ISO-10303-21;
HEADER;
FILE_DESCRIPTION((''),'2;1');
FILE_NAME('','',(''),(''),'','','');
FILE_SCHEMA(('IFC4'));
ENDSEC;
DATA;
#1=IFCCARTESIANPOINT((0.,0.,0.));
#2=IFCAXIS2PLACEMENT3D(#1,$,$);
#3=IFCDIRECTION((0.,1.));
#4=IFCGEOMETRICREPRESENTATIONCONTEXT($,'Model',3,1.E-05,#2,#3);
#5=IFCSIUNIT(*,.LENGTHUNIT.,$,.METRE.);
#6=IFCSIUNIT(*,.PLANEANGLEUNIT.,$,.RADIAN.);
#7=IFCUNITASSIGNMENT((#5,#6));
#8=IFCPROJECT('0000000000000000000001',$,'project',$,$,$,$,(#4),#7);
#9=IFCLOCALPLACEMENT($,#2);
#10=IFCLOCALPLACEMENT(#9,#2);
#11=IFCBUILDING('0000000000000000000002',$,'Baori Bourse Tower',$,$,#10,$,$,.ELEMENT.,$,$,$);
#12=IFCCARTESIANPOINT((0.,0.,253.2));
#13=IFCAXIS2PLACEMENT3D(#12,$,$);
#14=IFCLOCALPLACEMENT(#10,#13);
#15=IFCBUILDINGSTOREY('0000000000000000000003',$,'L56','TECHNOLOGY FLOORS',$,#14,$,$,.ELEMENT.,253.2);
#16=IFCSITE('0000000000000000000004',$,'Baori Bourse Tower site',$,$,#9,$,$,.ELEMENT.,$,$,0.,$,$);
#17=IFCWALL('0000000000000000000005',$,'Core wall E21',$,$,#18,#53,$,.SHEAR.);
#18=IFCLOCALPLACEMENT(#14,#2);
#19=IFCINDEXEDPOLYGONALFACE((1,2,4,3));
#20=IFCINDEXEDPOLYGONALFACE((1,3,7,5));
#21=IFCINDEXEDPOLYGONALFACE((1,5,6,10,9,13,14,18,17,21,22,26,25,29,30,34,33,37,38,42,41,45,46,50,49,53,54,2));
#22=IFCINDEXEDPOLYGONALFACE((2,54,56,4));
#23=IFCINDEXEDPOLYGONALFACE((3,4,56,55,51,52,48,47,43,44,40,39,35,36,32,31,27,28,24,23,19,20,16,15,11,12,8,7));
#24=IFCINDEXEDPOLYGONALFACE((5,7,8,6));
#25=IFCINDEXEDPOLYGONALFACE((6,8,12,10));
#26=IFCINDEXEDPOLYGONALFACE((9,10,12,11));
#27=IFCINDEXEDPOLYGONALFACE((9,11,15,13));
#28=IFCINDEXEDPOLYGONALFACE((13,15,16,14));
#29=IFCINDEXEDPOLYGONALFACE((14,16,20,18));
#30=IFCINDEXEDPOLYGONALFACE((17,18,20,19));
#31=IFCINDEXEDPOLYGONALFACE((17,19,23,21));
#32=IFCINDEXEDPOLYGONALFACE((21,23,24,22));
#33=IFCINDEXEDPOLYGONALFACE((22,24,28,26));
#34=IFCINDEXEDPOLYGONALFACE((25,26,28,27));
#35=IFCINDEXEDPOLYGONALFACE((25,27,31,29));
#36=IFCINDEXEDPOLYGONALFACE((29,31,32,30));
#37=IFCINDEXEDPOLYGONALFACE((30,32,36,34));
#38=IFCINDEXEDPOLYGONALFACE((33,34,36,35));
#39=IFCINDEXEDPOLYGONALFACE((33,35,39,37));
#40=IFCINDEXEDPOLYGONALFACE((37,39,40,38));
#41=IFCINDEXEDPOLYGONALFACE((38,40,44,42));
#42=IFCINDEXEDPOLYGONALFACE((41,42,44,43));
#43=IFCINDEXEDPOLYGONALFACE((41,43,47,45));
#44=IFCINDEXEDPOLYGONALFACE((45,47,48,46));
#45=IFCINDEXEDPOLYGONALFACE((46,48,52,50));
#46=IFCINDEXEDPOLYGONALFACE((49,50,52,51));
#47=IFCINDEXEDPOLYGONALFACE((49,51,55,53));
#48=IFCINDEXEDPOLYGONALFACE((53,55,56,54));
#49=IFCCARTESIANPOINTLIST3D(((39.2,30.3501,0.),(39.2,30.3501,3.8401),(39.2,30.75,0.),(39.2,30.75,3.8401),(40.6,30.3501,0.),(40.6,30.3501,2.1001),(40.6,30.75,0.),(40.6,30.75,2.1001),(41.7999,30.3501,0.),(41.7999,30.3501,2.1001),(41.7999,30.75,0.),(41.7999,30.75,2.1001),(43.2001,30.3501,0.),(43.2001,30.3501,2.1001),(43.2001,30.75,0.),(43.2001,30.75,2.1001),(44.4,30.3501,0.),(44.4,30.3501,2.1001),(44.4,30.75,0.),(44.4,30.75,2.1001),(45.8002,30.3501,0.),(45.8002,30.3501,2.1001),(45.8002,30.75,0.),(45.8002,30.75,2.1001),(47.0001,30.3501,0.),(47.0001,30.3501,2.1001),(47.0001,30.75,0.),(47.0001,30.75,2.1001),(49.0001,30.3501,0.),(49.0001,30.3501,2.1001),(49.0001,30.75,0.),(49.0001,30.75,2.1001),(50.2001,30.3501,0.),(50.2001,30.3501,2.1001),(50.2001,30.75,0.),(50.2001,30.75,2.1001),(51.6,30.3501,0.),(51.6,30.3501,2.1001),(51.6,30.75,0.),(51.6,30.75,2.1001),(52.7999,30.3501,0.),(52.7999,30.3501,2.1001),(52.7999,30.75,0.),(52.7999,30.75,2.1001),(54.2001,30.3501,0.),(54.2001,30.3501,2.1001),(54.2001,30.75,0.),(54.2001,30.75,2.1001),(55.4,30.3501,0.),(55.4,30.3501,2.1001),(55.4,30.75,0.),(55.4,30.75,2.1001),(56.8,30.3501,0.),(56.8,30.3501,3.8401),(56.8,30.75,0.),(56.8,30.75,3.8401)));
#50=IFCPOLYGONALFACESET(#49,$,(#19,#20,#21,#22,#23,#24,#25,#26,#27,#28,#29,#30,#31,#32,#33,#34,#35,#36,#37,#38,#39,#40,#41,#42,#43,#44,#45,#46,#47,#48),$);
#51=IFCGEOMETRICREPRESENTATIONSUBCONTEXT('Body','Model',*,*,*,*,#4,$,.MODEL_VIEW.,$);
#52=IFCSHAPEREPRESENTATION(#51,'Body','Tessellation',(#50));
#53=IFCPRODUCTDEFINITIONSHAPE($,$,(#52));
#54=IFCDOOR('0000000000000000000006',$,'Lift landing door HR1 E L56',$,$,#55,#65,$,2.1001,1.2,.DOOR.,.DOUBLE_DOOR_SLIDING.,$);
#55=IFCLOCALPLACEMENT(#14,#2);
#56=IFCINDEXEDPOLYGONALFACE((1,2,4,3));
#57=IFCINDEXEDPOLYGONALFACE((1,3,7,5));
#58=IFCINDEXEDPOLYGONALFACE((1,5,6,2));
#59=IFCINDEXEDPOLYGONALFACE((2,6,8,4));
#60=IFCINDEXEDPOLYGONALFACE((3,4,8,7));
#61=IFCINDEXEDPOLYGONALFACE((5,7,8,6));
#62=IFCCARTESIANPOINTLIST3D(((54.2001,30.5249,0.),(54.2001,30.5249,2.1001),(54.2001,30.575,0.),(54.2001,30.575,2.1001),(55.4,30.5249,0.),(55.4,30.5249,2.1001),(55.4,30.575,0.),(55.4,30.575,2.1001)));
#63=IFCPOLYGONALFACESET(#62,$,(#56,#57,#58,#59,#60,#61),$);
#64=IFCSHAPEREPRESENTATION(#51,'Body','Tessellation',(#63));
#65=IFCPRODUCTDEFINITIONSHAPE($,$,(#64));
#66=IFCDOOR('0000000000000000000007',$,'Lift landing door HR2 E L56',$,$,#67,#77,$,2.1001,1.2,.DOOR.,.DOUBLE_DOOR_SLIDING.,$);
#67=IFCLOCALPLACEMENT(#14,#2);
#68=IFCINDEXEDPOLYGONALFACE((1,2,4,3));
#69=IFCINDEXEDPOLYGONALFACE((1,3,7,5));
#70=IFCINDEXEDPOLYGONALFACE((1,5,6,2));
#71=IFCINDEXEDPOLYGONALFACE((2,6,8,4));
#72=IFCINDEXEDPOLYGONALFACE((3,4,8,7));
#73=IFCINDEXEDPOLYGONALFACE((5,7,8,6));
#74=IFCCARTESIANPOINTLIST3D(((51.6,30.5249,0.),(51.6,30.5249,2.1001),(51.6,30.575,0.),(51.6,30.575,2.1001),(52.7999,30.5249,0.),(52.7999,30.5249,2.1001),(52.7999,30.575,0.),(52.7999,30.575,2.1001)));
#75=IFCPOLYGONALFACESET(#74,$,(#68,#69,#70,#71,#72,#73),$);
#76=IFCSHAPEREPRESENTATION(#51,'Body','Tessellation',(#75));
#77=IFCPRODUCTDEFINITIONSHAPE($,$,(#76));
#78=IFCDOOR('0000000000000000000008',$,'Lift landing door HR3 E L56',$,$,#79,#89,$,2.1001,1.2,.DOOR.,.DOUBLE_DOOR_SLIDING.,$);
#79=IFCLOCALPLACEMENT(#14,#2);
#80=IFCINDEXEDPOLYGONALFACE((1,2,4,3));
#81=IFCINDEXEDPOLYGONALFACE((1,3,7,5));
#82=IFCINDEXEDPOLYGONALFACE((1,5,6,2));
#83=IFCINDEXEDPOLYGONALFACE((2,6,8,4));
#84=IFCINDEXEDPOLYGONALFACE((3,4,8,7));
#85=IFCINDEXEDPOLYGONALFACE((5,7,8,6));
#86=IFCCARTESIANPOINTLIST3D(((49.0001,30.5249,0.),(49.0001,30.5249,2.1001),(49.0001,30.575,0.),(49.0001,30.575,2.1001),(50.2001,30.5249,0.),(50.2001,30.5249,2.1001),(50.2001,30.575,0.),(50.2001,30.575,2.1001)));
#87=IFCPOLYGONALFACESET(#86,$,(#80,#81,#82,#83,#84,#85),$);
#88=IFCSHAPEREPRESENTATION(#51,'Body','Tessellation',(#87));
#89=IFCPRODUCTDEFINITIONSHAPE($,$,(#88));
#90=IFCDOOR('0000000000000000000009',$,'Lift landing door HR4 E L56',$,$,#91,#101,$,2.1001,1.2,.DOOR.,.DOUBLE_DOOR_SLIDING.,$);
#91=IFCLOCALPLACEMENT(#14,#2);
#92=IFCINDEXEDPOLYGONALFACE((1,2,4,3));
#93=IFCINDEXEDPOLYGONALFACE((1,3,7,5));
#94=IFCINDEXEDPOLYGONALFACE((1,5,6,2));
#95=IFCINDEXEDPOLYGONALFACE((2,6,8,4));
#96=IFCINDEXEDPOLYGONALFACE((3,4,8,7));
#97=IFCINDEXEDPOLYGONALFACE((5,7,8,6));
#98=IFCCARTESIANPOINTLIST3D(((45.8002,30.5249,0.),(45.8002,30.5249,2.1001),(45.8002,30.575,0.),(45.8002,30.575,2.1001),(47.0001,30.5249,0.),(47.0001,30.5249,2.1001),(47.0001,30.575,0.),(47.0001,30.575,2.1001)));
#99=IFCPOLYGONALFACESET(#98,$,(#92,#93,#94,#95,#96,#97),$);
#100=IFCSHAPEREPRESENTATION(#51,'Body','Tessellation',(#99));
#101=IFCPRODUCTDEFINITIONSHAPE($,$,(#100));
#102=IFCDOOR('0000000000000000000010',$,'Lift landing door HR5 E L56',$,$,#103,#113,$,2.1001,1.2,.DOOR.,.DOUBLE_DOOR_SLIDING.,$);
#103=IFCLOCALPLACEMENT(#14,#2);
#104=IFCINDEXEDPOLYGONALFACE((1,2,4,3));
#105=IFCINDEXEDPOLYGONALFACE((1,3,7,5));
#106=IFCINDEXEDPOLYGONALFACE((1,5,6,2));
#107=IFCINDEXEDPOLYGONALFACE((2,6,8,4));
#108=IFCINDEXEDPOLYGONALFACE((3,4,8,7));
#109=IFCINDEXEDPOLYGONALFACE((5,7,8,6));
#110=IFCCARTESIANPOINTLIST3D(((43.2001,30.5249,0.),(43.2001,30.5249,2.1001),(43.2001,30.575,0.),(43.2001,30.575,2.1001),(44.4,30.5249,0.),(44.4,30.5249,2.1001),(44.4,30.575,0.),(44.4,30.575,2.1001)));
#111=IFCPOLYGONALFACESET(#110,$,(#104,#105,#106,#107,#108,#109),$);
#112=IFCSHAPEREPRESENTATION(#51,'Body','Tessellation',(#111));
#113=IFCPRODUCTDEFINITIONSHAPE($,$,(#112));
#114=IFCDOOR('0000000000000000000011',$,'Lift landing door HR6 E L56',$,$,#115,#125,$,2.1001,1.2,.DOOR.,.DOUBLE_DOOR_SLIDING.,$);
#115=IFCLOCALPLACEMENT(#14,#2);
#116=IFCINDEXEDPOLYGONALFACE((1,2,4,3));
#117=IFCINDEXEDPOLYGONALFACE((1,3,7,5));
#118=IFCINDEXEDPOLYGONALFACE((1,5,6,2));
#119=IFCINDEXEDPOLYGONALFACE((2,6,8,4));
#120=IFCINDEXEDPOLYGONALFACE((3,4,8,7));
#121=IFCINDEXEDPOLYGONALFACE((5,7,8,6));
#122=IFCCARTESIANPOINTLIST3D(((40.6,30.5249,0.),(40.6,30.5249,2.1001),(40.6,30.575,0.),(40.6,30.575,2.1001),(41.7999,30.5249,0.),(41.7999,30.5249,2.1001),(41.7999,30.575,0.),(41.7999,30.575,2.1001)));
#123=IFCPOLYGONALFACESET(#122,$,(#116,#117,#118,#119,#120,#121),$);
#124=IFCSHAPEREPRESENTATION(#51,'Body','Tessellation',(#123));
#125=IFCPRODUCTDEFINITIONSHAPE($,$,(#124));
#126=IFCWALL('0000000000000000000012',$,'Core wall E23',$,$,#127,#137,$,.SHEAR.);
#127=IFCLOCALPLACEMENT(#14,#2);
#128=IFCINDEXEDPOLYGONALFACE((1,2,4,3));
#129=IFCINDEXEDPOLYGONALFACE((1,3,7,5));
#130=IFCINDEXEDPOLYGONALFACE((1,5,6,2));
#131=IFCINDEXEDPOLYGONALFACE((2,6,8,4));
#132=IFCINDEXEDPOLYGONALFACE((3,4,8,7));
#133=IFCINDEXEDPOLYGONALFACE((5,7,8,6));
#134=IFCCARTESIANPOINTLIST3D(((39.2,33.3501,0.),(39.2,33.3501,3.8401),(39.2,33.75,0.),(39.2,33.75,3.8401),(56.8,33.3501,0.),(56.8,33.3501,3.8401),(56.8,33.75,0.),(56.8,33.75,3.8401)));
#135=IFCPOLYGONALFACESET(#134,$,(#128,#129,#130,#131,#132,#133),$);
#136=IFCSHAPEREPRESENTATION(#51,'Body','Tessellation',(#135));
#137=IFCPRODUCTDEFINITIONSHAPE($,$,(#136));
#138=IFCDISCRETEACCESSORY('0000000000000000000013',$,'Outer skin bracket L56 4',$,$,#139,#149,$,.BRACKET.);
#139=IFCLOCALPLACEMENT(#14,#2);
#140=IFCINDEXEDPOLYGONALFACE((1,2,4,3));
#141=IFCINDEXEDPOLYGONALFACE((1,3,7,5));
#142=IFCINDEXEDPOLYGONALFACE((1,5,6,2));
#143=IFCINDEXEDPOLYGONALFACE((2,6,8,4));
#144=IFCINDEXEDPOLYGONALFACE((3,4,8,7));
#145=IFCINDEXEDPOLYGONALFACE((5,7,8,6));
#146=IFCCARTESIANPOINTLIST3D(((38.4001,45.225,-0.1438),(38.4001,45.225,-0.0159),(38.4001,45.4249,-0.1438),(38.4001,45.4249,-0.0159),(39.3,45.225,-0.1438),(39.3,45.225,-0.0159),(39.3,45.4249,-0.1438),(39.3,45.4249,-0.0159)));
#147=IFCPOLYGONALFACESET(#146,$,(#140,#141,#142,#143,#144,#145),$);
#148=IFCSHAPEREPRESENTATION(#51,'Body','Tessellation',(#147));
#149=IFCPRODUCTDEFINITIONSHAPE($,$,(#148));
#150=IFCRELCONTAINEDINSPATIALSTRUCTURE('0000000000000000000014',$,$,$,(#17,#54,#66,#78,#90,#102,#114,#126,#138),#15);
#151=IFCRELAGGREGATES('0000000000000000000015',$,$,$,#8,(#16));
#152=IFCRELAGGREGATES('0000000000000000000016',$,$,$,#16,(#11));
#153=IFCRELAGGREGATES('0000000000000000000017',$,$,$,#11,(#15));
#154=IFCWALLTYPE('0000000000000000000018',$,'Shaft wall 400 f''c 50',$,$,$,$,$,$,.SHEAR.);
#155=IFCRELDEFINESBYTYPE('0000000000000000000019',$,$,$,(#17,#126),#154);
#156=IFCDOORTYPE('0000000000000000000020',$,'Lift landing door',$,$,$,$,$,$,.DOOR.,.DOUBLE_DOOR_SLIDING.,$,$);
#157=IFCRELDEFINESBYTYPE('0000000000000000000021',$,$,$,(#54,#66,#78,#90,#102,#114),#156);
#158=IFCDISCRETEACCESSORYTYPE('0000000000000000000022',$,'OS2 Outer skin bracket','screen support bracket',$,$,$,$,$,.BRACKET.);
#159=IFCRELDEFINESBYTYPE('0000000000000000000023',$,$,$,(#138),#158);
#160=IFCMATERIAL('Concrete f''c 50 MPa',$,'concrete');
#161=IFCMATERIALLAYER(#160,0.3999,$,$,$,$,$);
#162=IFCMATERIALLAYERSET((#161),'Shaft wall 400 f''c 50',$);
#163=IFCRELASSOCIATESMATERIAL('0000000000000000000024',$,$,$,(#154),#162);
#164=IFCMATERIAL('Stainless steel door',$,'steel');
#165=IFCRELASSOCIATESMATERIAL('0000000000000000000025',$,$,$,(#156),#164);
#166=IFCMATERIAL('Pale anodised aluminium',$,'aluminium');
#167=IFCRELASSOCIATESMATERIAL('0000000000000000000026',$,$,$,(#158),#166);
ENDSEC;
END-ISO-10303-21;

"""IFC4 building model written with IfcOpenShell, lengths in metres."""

from ifc_helpers import new_model, si_unit, direction, frame, frame_2d, origin, origin_2d, place, context, subcontext, project, spatial, rectangle, extrude, material, layer, layer_set, type_object, element, fill, save


model = new_model("IFC4")

# Units and contexts
model_context = context("Model", 3, precision=1e-05, world=origin(), true_north=direction((0.0, 1.0)))
body_context = subcontext(model_context, "Body", "Model", "MODEL_VIEW")
ifc_project = project(units=[si_unit("LENGTHUNIT", "METRE"), si_unit("PLANEANGLEUNIT", "RADIAN")], contexts=[model_context])

# Site, building, storey
site_placement = place(None, origin())
site = spatial("IfcSite", under=ifc_project, at=site_placement, Name="Baori Bourse Tower site", CompositionType="ELEMENT", RefElevation=0.0)
building_placement = place(site_placement, origin())
building = spatial("IfcBuilding", under=site, at=building_placement, Name="Baori Bourse Tower", CompositionType="ELEMENT")
storey_placement = place(building_placement, frame((0.0, 0.0, 253.2)))
storey = spatial("IfcBuildingStorey", under=building, at=storey_placement, Name="L56", Description="TECHNOLOGY FLOORS", CompositionType="ELEMENT", Elevation=253.2)

# Wall, openings, doors
ifc_material_1 = material(Name="Concrete f'c 50 MPa", Category="concrete")
ifc_layer_1 = layer(ifc_material_1, 0.3999)
ifc_layer_set_1 = layer_set([ifc_layer_1], Name="Shaft wall 400 f'c 50")
wall_type_1 = type_object("IfcWallType", Name="Shaft wall 400 f'c 50", PredefinedType="SHEAR", material=ifc_layer_set_1)
wall_1_placement = place(storey_placement, frame((39.2, 30.55, 0.0), z_axis=(0.0, 0.0, 1.0), x_axis=(1.0, 0.0, 0.0)))
wall_1 = element("IfcWall", 1, at=wall_1_placement, inside=storey, type_object=wall_type_1, Name="Core wall E21", PredefinedType="SHEAR", context=body_context, shape_type="SweptSolid", body=[
    extrude(rectangle(XDim=17.6001, YDim=0.3999, at=frame_2d((8.8, 0.0))), origin(), (0.0, 0.0, 1.0), 3.8401),
])
opening_1_placement = place(wall_1_placement, frame((15.0, 0.0, 0.0)))
opening_1 = element("IfcOpeningElement", 2, at=opening_1_placement, cuts=wall_1, PredefinedType="OPENING", context=body_context, shape_type="SweptSolid", body=[
    extrude(rectangle(XDim=1.2, YDim=2.1001, at=frame_2d((0.6001, 1.05))), frame((0.0, 0.21, 0.0), z_axis=(0.0, -1.0, 0.0), x_axis=(1.0, 0.0, 0.0)), (0.0, 0.0, 1.0), 0.4199),
])
opening_2_placement = place(wall_1_placement, frame((12.3999, 0.0, 0.0)))
opening_2 = element("IfcOpeningElement", 3, at=opening_2_placement, cuts=wall_1, PredefinedType="OPENING", context=body_context, shape_type="SweptSolid", body=[
    extrude(rectangle(XDim=1.2, YDim=2.1001, at=frame_2d((0.6001, 1.05))), frame((0.0, 0.21, 0.0), z_axis=(0.0, -1.0, 0.0), x_axis=(1.0, 0.0, 0.0)), (0.0, 0.0, 1.0), 0.4199),
])
opening_3_placement = place(wall_1_placement, frame((9.8, 0.0, 0.0)))
opening_3 = element("IfcOpeningElement", 4, at=opening_3_placement, cuts=wall_1, PredefinedType="OPENING", context=body_context, shape_type="SweptSolid", body=[
    extrude(rectangle(XDim=1.2, YDim=2.1001, at=frame_2d((0.6001, 1.05))), frame((0.0, 0.21, 0.0), z_axis=(0.0, -1.0, 0.0), x_axis=(1.0, 0.0, 0.0)), (0.0, 0.0, 1.0), 0.4199),
])
opening_4_placement = place(wall_1_placement, frame((6.6001, 0.0, 0.0)))
opening_4 = element("IfcOpeningElement", 5, at=opening_4_placement, cuts=wall_1, PredefinedType="OPENING", context=body_context, shape_type="SweptSolid", body=[
    extrude(rectangle(XDim=1.2, YDim=2.1001, at=frame_2d((0.6001, 1.05))), frame((0.0, 0.21, 0.0), z_axis=(0.0, -1.0, 0.0), x_axis=(1.0, 0.0, 0.0)), (0.0, 0.0, 1.0), 0.4199),
])
opening_5_placement = place(wall_1_placement, frame((4.0, 0.0, 0.0)))
opening_5 = element("IfcOpeningElement", 6, at=opening_5_placement, cuts=wall_1, PredefinedType="OPENING", context=body_context, shape_type="SweptSolid", body=[
    extrude(rectangle(XDim=1.2, YDim=2.1001, at=frame_2d((0.6001, 1.05))), frame((0.0, 0.21, 0.0), z_axis=(0.0, -1.0, 0.0), x_axis=(1.0, 0.0, 0.0)), (0.0, 0.0, 1.0), 0.4199),
])
opening_6_placement = place(wall_1_placement, frame((1.3999, 0.0, 0.0)))
opening_6 = element("IfcOpeningElement", 7, at=opening_6_placement, cuts=wall_1, PredefinedType="OPENING", context=body_context, shape_type="SweptSolid", body=[
    extrude(rectangle(XDim=1.2, YDim=2.1001, at=frame_2d((0.6001, 1.05))), frame((0.0, 0.21, 0.0), z_axis=(0.0, -1.0, 0.0), x_axis=(1.0, 0.0, 0.0)), (0.0, 0.0, 1.0), 0.4199),
])
ifc_material_2 = material(Name="Stainless steel door", Category="steel")
door_type_1 = type_object("IfcDoorType", Name="Lift landing door", OperationType="DOUBLE_DOOR_SLIDING", PredefinedType="DOOR", material=ifc_material_2)
door_1_placement = place(opening_1_placement, origin())
door_1 = element("IfcDoor", 8, at=door_1_placement, inside=storey, type_object=door_type_1, Name="Lift landing door HR1 E L56", OperationType="DOUBLE_DOOR_SLIDING", OverallHeight=2.1001, OverallWidth=1.2, PredefinedType="DOOR", context=body_context, shape_type="SweptSolid", body=[
    extrude(rectangle(XDim=1.2, YDim=2.1001, at=frame_2d((0.6001, 1.05))), frame((0.0, 0.0249, 0.0), z_axis=(0.0, -1.0, 0.0), x_axis=(1.0, 0.0, 0.0)), (0.0, 0.0, 1.0), 0.05),
])
fill(opening_1, door_1)
door_2_placement = place(opening_2_placement, origin())
door_2 = element("IfcDoor", 9, at=door_2_placement, inside=storey, type_object=door_type_1, Name="Lift landing door HR2 E L56", OperationType="DOUBLE_DOOR_SLIDING", OverallHeight=2.1001, OverallWidth=1.2, PredefinedType="DOOR", context=body_context, shape_type="SweptSolid", body=[
    extrude(rectangle(XDim=1.2, YDim=2.1001, at=frame_2d((0.6001, 1.05))), frame((0.0, 0.0249, 0.0), z_axis=(0.0, -1.0, 0.0), x_axis=(1.0, 0.0, 0.0)), (0.0, 0.0, 1.0), 0.05),
])
fill(opening_2, door_2)
door_3_placement = place(opening_3_placement, origin())
door_3 = element("IfcDoor", 10, at=door_3_placement, inside=storey, type_object=door_type_1, Name="Lift landing door HR3 E L56", OperationType="DOUBLE_DOOR_SLIDING", OverallHeight=2.1001, OverallWidth=1.2, PredefinedType="DOOR", context=body_context, shape_type="SweptSolid", body=[
    extrude(rectangle(XDim=1.2, YDim=2.1001, at=frame_2d((0.6001, 1.05))), frame((0.0, 0.0249, 0.0), z_axis=(0.0, -1.0, 0.0), x_axis=(1.0, 0.0, 0.0)), (0.0, 0.0, 1.0), 0.05),
])
fill(opening_3, door_3)
door_4_placement = place(opening_4_placement, origin())
door_4 = element("IfcDoor", 11, at=door_4_placement, inside=storey, type_object=door_type_1, Name="Lift landing door HR4 E L56", OperationType="DOUBLE_DOOR_SLIDING", OverallHeight=2.1001, OverallWidth=1.2, PredefinedType="DOOR", context=body_context, shape_type="SweptSolid", body=[
    extrude(rectangle(XDim=1.2, YDim=2.1001, at=frame_2d((0.6001, 1.05))), frame((0.0, 0.0249, 0.0), z_axis=(0.0, -1.0, 0.0), x_axis=(1.0, 0.0, 0.0)), (0.0, 0.0, 1.0), 0.05),
])
fill(opening_4, door_4)
door_5_placement = place(opening_5_placement, origin())
door_5 = element("IfcDoor", 12, at=door_5_placement, inside=storey, type_object=door_type_1, Name="Lift landing door HR5 E L56", OperationType="DOUBLE_DOOR_SLIDING", OverallHeight=2.1001, OverallWidth=1.2, PredefinedType="DOOR", context=body_context, shape_type="SweptSolid", body=[
    extrude(rectangle(XDim=1.2, YDim=2.1001, at=frame_2d((0.6001, 1.05))), frame((0.0, 0.0249, 0.0), z_axis=(0.0, -1.0, 0.0), x_axis=(1.0, 0.0, 0.0)), (0.0, 0.0, 1.0), 0.05),
])
fill(opening_5, door_5)
door_6_placement = place(opening_6_placement, origin())
door_6 = element("IfcDoor", 13, at=door_6_placement, inside=storey, type_object=door_type_1, Name="Lift landing door HR6 E L56", OperationType="DOUBLE_DOOR_SLIDING", OverallHeight=2.1001, OverallWidth=1.2, PredefinedType="DOOR", context=body_context, shape_type="SweptSolid", body=[
    extrude(rectangle(XDim=1.2, YDim=2.1001, at=frame_2d((0.6001, 1.05))), frame((0.0, 0.0249, 0.0), z_axis=(0.0, -1.0, 0.0), x_axis=(1.0, 0.0, 0.0)), (0.0, 0.0, 1.0), 0.05),
])
fill(opening_6, door_6)

# Wall
wall_2_placement = place(storey_placement, frame((39.2, 33.55, 0.0), z_axis=(0.0, 0.0, 1.0), x_axis=(1.0, 0.0, 0.0)))
element("IfcWall", 14, at=wall_2_placement, inside=storey, type_object=wall_type_1, Name="Core wall E23", PredefinedType="SHEAR", context=body_context, shape_type="SweptSolid", body=[
    extrude(rectangle(XDim=17.6001, YDim=0.3999, at=frame_2d((8.8, 0.0))), origin(), (0.0, 0.0, 1.0), 3.8401),
])

# Discrete accessory
ifc_material_3 = material(Name="Pale anodised aluminium", Category="aluminium")
discrete_accessory_type = type_object("IfcDiscreteAccessoryType", Name="OS2 Outer skin bracket", Description="screen support bracket", PredefinedType="BRACKET", material=ifc_material_3)
discrete_accessory_placement = place(storey_placement, frame((38.8501, 45.325, -0.1438), z_axis=(0.0, 0.0, 1.0), x_axis=(0.0, 1.0, 0.0)))
element("IfcDiscreteAccessory", 15, at=discrete_accessory_placement, inside=storey, type_object=discrete_accessory_type, Name="Outer skin bracket L56 4", PredefinedType="BRACKET", context=body_context, shape_type="SweptSolid", body=[
    extrude(rectangle(XDim=0.2, YDim=0.8999, at=origin_2d()), origin(), (0.0, 0.0, 1.0), 0.1279),
])

save(model, "model.ifc")
